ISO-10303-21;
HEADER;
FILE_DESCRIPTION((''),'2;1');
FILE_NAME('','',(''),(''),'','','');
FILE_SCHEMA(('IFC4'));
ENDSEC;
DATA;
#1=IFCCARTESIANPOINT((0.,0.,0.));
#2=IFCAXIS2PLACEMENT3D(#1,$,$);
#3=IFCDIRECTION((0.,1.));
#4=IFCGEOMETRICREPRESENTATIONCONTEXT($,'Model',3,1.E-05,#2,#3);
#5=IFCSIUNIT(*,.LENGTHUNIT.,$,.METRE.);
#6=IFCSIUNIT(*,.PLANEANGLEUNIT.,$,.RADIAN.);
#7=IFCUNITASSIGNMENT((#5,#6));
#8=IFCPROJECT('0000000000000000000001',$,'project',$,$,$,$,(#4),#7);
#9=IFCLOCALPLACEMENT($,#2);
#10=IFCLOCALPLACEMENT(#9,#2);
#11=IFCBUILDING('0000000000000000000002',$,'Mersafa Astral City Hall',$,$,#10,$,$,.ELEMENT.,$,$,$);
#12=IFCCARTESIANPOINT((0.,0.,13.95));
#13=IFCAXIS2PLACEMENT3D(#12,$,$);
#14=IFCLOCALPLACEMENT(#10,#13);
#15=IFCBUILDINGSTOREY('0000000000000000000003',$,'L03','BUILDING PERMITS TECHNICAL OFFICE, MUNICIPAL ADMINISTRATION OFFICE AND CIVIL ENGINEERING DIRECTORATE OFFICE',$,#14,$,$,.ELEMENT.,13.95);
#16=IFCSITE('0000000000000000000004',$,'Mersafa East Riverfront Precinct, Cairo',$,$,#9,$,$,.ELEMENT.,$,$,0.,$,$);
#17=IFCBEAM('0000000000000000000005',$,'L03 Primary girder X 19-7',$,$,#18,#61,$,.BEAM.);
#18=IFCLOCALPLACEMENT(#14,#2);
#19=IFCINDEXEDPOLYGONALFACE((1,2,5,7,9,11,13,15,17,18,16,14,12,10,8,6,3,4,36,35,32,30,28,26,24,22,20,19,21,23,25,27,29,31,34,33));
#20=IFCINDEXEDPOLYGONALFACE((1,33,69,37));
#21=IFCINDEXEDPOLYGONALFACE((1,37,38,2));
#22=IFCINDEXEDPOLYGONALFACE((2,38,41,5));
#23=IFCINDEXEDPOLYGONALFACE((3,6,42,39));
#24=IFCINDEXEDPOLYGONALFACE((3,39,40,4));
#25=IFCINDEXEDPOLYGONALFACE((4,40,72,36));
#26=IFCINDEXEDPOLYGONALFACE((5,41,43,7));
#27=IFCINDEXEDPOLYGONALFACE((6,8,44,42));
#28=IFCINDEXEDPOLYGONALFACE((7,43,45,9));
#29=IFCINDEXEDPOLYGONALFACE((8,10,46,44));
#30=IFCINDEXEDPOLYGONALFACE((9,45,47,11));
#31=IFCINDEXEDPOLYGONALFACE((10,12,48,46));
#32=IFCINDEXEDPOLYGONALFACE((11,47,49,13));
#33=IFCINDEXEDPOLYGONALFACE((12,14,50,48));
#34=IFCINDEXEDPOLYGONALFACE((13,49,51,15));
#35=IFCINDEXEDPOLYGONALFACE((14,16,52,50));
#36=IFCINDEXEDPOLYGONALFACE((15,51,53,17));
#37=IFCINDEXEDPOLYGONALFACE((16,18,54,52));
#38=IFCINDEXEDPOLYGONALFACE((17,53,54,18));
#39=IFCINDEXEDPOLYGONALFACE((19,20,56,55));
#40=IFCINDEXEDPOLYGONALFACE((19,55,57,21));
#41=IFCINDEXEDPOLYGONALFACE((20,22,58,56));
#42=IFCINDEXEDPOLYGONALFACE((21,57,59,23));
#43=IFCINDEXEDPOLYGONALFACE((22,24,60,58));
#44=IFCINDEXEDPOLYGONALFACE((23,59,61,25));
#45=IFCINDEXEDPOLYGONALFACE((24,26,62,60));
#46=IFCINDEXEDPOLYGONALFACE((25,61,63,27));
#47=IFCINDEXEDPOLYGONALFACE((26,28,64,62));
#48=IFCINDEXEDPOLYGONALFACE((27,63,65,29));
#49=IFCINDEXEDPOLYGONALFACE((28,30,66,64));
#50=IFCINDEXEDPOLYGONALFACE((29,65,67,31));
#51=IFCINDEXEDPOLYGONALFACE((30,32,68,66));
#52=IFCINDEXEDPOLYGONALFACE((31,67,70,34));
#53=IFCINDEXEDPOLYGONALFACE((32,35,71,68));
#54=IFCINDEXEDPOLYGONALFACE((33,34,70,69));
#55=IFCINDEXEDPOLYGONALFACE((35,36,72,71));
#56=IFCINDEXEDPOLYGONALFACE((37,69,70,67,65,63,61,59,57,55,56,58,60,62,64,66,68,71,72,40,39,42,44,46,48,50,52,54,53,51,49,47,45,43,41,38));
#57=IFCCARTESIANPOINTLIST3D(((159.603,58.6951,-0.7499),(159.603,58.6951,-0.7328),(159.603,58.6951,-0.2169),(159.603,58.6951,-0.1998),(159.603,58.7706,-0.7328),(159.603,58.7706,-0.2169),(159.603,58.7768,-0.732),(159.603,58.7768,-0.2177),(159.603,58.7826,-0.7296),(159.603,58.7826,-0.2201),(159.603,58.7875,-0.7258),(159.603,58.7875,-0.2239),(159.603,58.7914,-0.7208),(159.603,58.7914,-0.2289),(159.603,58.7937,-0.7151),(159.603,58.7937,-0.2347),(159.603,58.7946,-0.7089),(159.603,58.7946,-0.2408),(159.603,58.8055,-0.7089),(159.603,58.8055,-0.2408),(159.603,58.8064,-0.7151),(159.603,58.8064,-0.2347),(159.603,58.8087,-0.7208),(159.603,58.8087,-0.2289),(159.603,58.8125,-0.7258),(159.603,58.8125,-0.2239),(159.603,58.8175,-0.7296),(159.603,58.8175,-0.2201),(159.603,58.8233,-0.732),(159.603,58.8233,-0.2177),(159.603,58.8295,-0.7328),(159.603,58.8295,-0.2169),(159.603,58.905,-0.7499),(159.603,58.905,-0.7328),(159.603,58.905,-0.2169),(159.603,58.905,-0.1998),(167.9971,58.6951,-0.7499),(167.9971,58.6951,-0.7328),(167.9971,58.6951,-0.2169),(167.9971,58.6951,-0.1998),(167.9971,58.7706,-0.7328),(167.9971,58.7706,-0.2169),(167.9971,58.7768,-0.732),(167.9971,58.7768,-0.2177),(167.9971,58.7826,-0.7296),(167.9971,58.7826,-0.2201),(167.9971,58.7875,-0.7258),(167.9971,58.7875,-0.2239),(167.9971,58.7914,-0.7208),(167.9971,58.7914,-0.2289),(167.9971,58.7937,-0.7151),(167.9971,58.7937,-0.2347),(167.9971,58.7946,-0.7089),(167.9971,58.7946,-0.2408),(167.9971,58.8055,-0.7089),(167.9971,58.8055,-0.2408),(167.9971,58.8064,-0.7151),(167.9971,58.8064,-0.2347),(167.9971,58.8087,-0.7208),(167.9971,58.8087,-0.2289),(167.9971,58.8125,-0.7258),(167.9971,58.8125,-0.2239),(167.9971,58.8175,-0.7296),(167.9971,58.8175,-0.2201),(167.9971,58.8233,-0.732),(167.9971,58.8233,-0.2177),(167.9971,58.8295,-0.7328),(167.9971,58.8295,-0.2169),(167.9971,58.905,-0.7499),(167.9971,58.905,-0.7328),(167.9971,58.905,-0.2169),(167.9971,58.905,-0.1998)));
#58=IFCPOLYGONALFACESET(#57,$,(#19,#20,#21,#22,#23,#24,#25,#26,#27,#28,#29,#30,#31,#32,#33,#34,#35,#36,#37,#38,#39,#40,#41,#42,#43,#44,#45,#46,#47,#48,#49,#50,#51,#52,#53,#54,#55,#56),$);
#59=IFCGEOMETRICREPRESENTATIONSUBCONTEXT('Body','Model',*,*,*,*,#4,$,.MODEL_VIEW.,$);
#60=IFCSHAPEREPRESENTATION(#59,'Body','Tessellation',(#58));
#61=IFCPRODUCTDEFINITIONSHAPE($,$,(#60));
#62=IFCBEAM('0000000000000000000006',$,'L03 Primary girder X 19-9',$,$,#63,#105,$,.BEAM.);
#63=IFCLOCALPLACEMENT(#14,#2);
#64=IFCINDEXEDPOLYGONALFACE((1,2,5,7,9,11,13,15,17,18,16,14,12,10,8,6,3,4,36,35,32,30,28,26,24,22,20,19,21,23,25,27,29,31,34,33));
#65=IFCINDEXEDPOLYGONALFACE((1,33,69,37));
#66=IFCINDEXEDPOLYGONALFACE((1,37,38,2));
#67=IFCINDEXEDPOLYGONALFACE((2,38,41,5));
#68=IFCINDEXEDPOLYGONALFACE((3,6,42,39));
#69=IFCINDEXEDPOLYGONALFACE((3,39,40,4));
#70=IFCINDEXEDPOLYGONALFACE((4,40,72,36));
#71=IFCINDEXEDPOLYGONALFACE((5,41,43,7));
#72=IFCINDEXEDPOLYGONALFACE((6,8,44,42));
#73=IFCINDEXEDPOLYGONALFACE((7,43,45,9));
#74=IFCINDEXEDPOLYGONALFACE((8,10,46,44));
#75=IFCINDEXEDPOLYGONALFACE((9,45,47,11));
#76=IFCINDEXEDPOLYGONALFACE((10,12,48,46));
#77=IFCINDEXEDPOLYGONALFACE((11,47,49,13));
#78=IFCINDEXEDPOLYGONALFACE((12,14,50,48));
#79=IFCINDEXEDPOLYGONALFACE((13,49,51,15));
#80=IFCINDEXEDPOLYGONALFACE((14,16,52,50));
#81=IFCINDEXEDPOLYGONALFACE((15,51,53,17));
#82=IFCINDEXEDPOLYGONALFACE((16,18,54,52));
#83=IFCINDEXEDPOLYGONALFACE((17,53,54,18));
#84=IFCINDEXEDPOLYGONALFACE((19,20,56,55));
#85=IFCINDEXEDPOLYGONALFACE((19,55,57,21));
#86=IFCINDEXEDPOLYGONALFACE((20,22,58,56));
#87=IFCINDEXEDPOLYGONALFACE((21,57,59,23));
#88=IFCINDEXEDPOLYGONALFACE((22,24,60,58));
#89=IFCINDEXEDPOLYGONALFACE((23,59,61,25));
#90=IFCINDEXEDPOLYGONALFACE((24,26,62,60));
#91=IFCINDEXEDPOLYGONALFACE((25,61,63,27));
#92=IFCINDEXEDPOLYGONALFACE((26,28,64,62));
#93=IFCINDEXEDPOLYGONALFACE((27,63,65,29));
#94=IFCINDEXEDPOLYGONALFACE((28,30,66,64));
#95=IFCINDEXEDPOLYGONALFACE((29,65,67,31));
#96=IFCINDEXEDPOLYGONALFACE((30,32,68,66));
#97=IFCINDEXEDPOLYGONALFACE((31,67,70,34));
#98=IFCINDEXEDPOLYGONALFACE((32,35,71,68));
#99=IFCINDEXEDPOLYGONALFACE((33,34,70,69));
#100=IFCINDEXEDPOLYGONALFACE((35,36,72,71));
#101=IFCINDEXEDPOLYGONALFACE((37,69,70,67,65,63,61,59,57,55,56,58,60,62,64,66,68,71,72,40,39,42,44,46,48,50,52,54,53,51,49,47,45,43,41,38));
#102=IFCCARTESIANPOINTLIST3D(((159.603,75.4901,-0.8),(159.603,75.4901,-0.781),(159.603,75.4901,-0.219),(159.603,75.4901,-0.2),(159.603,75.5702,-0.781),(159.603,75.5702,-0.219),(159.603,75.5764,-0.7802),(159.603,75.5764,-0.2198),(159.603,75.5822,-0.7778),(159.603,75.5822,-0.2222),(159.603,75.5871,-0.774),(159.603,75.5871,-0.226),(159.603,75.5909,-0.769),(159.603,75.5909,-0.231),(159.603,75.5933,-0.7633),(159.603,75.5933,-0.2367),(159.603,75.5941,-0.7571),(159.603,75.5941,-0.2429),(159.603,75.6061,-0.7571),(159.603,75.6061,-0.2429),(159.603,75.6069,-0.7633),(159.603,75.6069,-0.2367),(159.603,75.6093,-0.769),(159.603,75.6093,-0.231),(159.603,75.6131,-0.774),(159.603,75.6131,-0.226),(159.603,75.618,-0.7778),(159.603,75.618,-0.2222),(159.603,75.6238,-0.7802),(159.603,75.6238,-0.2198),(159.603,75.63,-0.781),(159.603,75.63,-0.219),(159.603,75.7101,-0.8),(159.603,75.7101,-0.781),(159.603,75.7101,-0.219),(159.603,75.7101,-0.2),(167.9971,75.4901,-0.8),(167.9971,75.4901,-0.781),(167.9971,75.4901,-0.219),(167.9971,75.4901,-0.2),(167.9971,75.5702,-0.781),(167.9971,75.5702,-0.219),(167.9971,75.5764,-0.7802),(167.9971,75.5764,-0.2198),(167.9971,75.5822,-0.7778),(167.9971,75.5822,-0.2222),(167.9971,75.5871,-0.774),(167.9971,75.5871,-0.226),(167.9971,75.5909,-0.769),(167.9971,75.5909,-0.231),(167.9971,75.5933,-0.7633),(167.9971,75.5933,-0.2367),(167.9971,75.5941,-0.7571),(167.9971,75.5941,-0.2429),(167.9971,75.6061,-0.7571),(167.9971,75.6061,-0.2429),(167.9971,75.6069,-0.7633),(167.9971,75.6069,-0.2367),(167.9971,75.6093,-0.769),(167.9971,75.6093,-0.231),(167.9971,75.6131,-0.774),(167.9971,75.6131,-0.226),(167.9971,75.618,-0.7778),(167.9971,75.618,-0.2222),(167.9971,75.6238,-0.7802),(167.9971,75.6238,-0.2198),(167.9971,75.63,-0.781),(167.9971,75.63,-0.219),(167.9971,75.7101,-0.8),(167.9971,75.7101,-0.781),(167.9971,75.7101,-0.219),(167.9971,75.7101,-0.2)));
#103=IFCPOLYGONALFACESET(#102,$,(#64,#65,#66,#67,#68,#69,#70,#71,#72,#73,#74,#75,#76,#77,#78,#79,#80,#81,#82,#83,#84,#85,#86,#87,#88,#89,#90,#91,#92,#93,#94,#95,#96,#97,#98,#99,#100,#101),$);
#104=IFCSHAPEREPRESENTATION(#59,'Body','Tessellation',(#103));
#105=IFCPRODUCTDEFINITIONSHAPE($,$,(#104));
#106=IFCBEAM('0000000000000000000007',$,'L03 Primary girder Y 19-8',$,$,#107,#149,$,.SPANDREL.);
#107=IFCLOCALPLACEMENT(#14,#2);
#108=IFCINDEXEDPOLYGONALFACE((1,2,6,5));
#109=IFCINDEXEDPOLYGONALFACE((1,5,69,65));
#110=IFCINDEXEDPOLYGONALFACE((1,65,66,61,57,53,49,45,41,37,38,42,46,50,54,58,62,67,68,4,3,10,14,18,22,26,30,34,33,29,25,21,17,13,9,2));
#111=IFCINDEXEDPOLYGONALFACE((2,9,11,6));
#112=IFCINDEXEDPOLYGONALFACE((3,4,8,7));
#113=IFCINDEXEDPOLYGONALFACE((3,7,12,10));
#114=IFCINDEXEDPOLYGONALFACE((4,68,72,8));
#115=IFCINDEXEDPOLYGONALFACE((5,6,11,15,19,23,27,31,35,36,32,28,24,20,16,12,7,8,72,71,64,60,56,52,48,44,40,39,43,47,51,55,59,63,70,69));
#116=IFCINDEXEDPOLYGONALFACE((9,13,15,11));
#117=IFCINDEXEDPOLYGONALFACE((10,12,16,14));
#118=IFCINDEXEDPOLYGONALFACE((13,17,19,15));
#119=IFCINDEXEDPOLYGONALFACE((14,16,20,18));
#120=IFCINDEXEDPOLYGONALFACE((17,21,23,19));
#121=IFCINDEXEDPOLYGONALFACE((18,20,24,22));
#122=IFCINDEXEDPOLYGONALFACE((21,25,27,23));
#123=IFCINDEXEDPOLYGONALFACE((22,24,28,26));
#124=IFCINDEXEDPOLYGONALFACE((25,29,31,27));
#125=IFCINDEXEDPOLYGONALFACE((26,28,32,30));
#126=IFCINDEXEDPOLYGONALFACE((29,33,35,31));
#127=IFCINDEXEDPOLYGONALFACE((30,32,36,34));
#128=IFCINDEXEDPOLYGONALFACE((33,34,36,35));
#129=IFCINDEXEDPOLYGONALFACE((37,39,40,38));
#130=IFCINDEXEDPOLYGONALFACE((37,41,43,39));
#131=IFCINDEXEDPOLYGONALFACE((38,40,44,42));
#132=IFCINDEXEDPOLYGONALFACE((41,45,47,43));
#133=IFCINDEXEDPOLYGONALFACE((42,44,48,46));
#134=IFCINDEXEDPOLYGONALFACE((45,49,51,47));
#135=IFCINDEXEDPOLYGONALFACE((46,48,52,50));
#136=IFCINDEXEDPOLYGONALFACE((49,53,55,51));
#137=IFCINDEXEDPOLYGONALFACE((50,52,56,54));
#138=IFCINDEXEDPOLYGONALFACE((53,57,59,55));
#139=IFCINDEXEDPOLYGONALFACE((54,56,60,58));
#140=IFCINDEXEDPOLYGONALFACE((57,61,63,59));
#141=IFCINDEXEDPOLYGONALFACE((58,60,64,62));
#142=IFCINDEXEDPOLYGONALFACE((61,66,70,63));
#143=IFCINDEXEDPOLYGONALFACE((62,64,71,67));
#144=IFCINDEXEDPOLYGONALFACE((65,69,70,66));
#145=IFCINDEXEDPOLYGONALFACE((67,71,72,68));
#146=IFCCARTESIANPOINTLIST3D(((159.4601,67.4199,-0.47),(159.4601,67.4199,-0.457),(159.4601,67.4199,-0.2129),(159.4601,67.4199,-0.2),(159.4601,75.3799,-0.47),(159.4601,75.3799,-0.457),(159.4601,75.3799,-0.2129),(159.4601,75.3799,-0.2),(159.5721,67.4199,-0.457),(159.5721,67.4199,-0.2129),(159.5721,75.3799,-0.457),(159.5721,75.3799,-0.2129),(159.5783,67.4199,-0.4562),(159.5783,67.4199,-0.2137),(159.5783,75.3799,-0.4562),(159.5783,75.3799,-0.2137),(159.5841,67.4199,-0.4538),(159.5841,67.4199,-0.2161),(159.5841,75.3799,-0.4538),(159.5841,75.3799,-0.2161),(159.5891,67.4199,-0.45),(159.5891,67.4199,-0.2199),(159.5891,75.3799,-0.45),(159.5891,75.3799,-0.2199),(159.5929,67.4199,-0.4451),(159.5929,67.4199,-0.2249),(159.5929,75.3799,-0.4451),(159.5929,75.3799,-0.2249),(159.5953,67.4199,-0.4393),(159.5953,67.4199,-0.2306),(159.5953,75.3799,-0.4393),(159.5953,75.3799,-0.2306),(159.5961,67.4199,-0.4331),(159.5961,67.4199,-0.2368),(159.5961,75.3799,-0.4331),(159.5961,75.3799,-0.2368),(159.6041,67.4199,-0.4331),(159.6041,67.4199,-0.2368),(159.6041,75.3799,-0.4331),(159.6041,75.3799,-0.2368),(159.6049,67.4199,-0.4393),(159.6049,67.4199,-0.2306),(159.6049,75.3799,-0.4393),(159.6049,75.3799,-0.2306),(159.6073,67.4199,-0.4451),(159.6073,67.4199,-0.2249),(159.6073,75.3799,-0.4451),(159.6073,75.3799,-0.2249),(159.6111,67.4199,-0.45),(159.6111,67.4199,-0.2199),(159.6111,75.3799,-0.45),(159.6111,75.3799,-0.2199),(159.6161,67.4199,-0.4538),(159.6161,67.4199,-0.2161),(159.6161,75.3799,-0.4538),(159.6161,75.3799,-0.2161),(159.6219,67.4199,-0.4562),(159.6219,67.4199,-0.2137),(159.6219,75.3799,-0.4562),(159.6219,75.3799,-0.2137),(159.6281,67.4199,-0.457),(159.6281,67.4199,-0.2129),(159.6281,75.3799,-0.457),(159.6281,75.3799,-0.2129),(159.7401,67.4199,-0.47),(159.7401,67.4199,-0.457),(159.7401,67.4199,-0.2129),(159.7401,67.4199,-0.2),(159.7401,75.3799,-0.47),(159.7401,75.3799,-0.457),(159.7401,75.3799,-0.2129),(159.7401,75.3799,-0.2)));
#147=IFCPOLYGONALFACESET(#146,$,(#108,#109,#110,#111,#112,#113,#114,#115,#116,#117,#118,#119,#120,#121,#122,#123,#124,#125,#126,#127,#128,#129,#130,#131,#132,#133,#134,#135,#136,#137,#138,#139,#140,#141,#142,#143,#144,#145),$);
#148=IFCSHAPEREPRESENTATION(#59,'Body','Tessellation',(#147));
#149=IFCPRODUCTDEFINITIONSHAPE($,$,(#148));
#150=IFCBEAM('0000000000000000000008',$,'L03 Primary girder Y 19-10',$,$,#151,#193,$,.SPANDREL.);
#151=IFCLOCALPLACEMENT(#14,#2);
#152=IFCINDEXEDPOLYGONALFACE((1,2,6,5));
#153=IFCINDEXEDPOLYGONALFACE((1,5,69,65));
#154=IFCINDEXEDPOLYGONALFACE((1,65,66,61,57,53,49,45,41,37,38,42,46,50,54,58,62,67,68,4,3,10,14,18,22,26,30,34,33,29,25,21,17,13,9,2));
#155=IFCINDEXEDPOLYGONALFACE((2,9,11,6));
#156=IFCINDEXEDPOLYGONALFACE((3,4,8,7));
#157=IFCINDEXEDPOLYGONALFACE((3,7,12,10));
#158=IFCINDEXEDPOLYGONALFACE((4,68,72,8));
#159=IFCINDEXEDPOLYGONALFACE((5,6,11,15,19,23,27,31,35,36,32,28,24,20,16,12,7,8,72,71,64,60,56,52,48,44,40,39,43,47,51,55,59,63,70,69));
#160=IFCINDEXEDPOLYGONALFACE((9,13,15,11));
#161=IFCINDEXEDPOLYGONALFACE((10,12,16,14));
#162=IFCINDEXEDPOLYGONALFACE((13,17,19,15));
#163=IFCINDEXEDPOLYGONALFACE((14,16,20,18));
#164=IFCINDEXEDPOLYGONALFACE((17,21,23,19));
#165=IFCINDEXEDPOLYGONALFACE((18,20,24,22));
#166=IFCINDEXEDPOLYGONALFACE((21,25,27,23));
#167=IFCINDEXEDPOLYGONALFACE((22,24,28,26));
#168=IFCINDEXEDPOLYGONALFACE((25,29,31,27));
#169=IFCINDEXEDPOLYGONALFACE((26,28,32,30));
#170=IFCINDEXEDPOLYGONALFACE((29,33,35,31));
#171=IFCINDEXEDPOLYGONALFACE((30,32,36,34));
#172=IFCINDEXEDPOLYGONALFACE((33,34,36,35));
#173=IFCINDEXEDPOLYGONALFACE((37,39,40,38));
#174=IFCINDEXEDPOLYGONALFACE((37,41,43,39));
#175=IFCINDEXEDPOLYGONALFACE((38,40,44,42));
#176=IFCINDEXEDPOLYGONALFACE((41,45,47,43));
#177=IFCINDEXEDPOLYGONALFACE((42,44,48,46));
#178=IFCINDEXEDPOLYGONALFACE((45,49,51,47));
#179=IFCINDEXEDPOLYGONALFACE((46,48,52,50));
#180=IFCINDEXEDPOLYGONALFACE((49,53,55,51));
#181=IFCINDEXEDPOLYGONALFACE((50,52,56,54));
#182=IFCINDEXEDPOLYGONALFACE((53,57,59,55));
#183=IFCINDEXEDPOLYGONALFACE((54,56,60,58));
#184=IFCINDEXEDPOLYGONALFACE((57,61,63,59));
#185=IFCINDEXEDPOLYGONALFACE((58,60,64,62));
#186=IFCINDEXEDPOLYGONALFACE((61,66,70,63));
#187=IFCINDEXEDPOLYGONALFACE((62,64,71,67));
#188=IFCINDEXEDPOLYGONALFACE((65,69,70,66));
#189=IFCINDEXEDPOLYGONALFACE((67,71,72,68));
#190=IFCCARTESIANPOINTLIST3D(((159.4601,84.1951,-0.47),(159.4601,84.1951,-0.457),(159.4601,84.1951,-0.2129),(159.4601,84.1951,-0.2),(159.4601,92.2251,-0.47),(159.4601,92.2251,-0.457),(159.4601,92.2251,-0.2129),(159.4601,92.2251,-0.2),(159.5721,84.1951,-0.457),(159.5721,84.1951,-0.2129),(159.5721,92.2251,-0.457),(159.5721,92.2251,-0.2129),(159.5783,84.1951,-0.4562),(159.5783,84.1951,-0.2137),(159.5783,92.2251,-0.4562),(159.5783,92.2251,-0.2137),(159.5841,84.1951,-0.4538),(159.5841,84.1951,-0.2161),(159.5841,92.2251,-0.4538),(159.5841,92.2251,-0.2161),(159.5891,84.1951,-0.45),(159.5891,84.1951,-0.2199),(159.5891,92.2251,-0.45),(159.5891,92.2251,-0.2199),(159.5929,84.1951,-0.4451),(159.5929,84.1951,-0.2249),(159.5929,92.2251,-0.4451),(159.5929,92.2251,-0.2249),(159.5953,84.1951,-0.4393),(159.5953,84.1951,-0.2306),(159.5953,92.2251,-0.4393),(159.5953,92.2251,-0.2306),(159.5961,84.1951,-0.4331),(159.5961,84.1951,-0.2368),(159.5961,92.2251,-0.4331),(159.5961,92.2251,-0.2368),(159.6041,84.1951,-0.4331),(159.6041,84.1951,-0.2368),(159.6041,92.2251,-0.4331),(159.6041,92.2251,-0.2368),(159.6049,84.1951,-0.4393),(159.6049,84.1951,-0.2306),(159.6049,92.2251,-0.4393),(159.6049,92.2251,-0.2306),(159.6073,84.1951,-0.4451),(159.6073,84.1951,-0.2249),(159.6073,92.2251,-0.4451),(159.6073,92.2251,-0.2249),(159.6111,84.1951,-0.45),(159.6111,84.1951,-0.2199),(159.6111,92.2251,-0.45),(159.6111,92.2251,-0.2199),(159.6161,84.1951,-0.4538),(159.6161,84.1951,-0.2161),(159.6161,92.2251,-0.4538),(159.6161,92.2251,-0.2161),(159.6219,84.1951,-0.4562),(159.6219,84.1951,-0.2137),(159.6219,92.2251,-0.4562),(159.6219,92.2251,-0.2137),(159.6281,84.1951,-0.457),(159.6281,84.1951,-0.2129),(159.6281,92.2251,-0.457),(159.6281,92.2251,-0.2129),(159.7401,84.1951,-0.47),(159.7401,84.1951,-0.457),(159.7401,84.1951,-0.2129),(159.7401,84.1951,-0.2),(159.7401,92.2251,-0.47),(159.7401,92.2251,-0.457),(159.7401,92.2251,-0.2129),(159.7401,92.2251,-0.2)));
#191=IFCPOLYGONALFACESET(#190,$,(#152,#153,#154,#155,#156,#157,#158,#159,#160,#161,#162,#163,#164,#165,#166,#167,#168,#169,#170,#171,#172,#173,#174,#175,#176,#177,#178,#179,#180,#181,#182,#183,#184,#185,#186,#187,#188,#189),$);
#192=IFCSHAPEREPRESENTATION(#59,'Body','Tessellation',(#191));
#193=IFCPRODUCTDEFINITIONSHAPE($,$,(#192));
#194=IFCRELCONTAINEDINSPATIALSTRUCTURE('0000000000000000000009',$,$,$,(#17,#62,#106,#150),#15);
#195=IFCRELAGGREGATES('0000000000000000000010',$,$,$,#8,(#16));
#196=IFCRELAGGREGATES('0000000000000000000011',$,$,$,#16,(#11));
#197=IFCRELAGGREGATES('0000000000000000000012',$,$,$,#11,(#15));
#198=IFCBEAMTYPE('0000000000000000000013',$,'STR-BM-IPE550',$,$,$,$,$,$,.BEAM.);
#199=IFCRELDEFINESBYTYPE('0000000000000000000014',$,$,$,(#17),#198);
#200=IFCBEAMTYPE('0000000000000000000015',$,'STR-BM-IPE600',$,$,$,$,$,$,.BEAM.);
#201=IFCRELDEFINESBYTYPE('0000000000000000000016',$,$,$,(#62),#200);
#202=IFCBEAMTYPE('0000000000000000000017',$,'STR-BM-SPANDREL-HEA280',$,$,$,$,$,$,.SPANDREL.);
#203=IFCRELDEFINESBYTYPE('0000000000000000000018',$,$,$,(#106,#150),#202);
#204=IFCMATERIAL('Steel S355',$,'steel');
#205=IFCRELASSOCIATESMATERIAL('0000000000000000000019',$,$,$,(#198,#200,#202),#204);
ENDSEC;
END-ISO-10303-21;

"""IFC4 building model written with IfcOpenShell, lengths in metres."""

from ifc_helpers import new_model, si_unit, direction, frame, origin, origin_2d, place, context, subcontext, project, spatial, i_section, extrude, material, material_profile, profile_set, type_object, element, save


model = new_model("IFC4")

# Units and contexts
model_context = context("Model", 3, precision=1e-05, world=origin(), true_north=direction((0.0, 1.0)))
body_context = subcontext(model_context, "Body", "Model", "MODEL_VIEW")
ifc_project = project(units=[si_unit("LENGTHUNIT", "METRE"), si_unit("PLANEANGLEUNIT", "RADIAN")], contexts=[model_context])

# Site, building, storey
site_placement = place(None, origin())
site = spatial("IfcSite", under=ifc_project, at=site_placement, Name="Mersafa East Riverfront Precinct, Cairo", CompositionType="ELEMENT", RefElevation=0.0)
building_placement = place(site_placement, origin())
building = spatial("IfcBuilding", under=site, at=building_placement, Name="Mersafa Astral City Hall", CompositionType="ELEMENT")
storey_placement = place(building_placement, frame((0.0, 0.0, 13.95)))
storey = spatial("IfcBuildingStorey", under=building, at=storey_placement, Name="L03", Description="BUILDING PERMITS TECHNICAL OFFICE, MUNICIPAL ADMINISTRATION OFFICE AND CIVIL ENGINEERING DIRECTORATE OFFICE", CompositionType="ELEMENT", Elevation=13.95)

# Shared definitions
ifc_material_1 = material(Name="Steel S355", Category="steel")

# Beams
ifc_material_profile_1 = material_profile(ifc_material_1, i_section(OverallWidth=0.21, OverallDepth=0.55, WebThickness=0.011, FlangeThickness=0.0171, FilletRadius=0.0239, at=origin_2d()), Name="IPE 550")
ifc_profile_set_1 = profile_set([ifc_material_profile_1], Name="Steel S355")
beam_type_1 = type_object("IfcBeamType", Name="STR-BM-IPE550", PredefinedType="BEAM", material=ifc_profile_set_1)
beam_1_placement = place(storey_placement, frame((159.603, 58.8, -0.4749), z_axis=(1.0, 0.0, 0.0), x_axis=(0.0, 1.0, 0.0)))
element("IfcBeam", 1, at=beam_1_placement, inside=storey, type_object=beam_type_1, Name="L03 Primary girder X 19-7", PredefinedType="BEAM", context=body_context, shape_type="SweptSolid", body=[
    extrude(i_section(OverallWidth=0.21, OverallDepth=0.55, WebThickness=0.011, FlangeThickness=0.0171, FilletRadius=0.0239, at=origin_2d()), origin(), (0.0, 0.0, 1.0), 8.394),
])
ifc_material_profile_2 = material_profile(ifc_material_1, i_section(OverallWidth=0.22, OverallDepth=0.6001, WebThickness=0.012, FlangeThickness=0.019, FilletRadius=0.0239, at=origin_2d()), Name="IPE 600")
ifc_profile_set_2 = profile_set([ifc_material_profile_2], Name="Steel S355")
beam_type_2 = type_object("IfcBeamType", Name="STR-BM-IPE600", PredefinedType="BEAM", material=ifc_profile_set_2)
beam_2_placement = place(storey_placement, frame((159.603, 75.6001, -0.5), z_axis=(1.0, 0.0, 0.0), x_axis=(0.0, 1.0, 0.0)))
element("IfcBeam", 2, at=beam_2_placement, inside=storey, type_object=beam_type_2, Name="L03 Primary girder X 19-9", PredefinedType="BEAM", context=body_context, shape_type="SweptSolid", body=[
    extrude(i_section(OverallWidth=0.22, OverallDepth=0.6001, WebThickness=0.012, FlangeThickness=0.019, FilletRadius=0.0239, at=origin_2d()), origin(), (0.0, 0.0, 1.0), 8.394),
])
ifc_material_profile_3 = material_profile(ifc_material_1, i_section(OverallWidth=0.28, OverallDepth=0.27, WebThickness=0.0081, FlangeThickness=0.0129, FilletRadius=0.0239, at=origin_2d()), Name="HEA 280")
ifc_profile_set_3 = profile_set([ifc_material_profile_3], Name="Steel S355")
beam_type_3 = type_object("IfcBeamType", Name="STR-BM-SPANDREL-HEA280", PredefinedType="SPANDREL", material=ifc_profile_set_3)
beam_3_placement = place(storey_placement, frame((159.6001, 67.4199, -0.335), z_axis=(0.0, 1.0, 0.0), x_axis=(-1.0, 0.0, 0.0)))
element("IfcBeam", 3, at=beam_3_placement, inside=storey, type_object=beam_type_3, Name="L03 Primary girder Y 19-8", PredefinedType="SPANDREL", context=body_context, shape_type="SweptSolid", body=[
    extrude(i_section(OverallWidth=0.28, OverallDepth=0.27, WebThickness=0.0081, FlangeThickness=0.0129, FilletRadius=0.0239, at=origin_2d()), origin(), (0.0, 0.0, 1.0), 7.96),
])
beam_4_placement = place(storey_placement, frame((159.6001, 84.1951, -0.335), z_axis=(0.0, 1.0, 0.0), x_axis=(-1.0, 0.0, 0.0)))
element("IfcBeam", 4, at=beam_4_placement, inside=storey, type_object=beam_type_3, Name="L03 Primary girder Y 19-10", PredefinedType="SPANDREL", context=body_context, shape_type="SweptSolid", body=[
    extrude(i_section(OverallWidth=0.28, OverallDepth=0.27, WebThickness=0.0081, FlangeThickness=0.0129, FilletRadius=0.0239, at=origin_2d()), origin(), (0.0, 0.0, 1.0), 8.03),
])

save(model, "model.ifc")
